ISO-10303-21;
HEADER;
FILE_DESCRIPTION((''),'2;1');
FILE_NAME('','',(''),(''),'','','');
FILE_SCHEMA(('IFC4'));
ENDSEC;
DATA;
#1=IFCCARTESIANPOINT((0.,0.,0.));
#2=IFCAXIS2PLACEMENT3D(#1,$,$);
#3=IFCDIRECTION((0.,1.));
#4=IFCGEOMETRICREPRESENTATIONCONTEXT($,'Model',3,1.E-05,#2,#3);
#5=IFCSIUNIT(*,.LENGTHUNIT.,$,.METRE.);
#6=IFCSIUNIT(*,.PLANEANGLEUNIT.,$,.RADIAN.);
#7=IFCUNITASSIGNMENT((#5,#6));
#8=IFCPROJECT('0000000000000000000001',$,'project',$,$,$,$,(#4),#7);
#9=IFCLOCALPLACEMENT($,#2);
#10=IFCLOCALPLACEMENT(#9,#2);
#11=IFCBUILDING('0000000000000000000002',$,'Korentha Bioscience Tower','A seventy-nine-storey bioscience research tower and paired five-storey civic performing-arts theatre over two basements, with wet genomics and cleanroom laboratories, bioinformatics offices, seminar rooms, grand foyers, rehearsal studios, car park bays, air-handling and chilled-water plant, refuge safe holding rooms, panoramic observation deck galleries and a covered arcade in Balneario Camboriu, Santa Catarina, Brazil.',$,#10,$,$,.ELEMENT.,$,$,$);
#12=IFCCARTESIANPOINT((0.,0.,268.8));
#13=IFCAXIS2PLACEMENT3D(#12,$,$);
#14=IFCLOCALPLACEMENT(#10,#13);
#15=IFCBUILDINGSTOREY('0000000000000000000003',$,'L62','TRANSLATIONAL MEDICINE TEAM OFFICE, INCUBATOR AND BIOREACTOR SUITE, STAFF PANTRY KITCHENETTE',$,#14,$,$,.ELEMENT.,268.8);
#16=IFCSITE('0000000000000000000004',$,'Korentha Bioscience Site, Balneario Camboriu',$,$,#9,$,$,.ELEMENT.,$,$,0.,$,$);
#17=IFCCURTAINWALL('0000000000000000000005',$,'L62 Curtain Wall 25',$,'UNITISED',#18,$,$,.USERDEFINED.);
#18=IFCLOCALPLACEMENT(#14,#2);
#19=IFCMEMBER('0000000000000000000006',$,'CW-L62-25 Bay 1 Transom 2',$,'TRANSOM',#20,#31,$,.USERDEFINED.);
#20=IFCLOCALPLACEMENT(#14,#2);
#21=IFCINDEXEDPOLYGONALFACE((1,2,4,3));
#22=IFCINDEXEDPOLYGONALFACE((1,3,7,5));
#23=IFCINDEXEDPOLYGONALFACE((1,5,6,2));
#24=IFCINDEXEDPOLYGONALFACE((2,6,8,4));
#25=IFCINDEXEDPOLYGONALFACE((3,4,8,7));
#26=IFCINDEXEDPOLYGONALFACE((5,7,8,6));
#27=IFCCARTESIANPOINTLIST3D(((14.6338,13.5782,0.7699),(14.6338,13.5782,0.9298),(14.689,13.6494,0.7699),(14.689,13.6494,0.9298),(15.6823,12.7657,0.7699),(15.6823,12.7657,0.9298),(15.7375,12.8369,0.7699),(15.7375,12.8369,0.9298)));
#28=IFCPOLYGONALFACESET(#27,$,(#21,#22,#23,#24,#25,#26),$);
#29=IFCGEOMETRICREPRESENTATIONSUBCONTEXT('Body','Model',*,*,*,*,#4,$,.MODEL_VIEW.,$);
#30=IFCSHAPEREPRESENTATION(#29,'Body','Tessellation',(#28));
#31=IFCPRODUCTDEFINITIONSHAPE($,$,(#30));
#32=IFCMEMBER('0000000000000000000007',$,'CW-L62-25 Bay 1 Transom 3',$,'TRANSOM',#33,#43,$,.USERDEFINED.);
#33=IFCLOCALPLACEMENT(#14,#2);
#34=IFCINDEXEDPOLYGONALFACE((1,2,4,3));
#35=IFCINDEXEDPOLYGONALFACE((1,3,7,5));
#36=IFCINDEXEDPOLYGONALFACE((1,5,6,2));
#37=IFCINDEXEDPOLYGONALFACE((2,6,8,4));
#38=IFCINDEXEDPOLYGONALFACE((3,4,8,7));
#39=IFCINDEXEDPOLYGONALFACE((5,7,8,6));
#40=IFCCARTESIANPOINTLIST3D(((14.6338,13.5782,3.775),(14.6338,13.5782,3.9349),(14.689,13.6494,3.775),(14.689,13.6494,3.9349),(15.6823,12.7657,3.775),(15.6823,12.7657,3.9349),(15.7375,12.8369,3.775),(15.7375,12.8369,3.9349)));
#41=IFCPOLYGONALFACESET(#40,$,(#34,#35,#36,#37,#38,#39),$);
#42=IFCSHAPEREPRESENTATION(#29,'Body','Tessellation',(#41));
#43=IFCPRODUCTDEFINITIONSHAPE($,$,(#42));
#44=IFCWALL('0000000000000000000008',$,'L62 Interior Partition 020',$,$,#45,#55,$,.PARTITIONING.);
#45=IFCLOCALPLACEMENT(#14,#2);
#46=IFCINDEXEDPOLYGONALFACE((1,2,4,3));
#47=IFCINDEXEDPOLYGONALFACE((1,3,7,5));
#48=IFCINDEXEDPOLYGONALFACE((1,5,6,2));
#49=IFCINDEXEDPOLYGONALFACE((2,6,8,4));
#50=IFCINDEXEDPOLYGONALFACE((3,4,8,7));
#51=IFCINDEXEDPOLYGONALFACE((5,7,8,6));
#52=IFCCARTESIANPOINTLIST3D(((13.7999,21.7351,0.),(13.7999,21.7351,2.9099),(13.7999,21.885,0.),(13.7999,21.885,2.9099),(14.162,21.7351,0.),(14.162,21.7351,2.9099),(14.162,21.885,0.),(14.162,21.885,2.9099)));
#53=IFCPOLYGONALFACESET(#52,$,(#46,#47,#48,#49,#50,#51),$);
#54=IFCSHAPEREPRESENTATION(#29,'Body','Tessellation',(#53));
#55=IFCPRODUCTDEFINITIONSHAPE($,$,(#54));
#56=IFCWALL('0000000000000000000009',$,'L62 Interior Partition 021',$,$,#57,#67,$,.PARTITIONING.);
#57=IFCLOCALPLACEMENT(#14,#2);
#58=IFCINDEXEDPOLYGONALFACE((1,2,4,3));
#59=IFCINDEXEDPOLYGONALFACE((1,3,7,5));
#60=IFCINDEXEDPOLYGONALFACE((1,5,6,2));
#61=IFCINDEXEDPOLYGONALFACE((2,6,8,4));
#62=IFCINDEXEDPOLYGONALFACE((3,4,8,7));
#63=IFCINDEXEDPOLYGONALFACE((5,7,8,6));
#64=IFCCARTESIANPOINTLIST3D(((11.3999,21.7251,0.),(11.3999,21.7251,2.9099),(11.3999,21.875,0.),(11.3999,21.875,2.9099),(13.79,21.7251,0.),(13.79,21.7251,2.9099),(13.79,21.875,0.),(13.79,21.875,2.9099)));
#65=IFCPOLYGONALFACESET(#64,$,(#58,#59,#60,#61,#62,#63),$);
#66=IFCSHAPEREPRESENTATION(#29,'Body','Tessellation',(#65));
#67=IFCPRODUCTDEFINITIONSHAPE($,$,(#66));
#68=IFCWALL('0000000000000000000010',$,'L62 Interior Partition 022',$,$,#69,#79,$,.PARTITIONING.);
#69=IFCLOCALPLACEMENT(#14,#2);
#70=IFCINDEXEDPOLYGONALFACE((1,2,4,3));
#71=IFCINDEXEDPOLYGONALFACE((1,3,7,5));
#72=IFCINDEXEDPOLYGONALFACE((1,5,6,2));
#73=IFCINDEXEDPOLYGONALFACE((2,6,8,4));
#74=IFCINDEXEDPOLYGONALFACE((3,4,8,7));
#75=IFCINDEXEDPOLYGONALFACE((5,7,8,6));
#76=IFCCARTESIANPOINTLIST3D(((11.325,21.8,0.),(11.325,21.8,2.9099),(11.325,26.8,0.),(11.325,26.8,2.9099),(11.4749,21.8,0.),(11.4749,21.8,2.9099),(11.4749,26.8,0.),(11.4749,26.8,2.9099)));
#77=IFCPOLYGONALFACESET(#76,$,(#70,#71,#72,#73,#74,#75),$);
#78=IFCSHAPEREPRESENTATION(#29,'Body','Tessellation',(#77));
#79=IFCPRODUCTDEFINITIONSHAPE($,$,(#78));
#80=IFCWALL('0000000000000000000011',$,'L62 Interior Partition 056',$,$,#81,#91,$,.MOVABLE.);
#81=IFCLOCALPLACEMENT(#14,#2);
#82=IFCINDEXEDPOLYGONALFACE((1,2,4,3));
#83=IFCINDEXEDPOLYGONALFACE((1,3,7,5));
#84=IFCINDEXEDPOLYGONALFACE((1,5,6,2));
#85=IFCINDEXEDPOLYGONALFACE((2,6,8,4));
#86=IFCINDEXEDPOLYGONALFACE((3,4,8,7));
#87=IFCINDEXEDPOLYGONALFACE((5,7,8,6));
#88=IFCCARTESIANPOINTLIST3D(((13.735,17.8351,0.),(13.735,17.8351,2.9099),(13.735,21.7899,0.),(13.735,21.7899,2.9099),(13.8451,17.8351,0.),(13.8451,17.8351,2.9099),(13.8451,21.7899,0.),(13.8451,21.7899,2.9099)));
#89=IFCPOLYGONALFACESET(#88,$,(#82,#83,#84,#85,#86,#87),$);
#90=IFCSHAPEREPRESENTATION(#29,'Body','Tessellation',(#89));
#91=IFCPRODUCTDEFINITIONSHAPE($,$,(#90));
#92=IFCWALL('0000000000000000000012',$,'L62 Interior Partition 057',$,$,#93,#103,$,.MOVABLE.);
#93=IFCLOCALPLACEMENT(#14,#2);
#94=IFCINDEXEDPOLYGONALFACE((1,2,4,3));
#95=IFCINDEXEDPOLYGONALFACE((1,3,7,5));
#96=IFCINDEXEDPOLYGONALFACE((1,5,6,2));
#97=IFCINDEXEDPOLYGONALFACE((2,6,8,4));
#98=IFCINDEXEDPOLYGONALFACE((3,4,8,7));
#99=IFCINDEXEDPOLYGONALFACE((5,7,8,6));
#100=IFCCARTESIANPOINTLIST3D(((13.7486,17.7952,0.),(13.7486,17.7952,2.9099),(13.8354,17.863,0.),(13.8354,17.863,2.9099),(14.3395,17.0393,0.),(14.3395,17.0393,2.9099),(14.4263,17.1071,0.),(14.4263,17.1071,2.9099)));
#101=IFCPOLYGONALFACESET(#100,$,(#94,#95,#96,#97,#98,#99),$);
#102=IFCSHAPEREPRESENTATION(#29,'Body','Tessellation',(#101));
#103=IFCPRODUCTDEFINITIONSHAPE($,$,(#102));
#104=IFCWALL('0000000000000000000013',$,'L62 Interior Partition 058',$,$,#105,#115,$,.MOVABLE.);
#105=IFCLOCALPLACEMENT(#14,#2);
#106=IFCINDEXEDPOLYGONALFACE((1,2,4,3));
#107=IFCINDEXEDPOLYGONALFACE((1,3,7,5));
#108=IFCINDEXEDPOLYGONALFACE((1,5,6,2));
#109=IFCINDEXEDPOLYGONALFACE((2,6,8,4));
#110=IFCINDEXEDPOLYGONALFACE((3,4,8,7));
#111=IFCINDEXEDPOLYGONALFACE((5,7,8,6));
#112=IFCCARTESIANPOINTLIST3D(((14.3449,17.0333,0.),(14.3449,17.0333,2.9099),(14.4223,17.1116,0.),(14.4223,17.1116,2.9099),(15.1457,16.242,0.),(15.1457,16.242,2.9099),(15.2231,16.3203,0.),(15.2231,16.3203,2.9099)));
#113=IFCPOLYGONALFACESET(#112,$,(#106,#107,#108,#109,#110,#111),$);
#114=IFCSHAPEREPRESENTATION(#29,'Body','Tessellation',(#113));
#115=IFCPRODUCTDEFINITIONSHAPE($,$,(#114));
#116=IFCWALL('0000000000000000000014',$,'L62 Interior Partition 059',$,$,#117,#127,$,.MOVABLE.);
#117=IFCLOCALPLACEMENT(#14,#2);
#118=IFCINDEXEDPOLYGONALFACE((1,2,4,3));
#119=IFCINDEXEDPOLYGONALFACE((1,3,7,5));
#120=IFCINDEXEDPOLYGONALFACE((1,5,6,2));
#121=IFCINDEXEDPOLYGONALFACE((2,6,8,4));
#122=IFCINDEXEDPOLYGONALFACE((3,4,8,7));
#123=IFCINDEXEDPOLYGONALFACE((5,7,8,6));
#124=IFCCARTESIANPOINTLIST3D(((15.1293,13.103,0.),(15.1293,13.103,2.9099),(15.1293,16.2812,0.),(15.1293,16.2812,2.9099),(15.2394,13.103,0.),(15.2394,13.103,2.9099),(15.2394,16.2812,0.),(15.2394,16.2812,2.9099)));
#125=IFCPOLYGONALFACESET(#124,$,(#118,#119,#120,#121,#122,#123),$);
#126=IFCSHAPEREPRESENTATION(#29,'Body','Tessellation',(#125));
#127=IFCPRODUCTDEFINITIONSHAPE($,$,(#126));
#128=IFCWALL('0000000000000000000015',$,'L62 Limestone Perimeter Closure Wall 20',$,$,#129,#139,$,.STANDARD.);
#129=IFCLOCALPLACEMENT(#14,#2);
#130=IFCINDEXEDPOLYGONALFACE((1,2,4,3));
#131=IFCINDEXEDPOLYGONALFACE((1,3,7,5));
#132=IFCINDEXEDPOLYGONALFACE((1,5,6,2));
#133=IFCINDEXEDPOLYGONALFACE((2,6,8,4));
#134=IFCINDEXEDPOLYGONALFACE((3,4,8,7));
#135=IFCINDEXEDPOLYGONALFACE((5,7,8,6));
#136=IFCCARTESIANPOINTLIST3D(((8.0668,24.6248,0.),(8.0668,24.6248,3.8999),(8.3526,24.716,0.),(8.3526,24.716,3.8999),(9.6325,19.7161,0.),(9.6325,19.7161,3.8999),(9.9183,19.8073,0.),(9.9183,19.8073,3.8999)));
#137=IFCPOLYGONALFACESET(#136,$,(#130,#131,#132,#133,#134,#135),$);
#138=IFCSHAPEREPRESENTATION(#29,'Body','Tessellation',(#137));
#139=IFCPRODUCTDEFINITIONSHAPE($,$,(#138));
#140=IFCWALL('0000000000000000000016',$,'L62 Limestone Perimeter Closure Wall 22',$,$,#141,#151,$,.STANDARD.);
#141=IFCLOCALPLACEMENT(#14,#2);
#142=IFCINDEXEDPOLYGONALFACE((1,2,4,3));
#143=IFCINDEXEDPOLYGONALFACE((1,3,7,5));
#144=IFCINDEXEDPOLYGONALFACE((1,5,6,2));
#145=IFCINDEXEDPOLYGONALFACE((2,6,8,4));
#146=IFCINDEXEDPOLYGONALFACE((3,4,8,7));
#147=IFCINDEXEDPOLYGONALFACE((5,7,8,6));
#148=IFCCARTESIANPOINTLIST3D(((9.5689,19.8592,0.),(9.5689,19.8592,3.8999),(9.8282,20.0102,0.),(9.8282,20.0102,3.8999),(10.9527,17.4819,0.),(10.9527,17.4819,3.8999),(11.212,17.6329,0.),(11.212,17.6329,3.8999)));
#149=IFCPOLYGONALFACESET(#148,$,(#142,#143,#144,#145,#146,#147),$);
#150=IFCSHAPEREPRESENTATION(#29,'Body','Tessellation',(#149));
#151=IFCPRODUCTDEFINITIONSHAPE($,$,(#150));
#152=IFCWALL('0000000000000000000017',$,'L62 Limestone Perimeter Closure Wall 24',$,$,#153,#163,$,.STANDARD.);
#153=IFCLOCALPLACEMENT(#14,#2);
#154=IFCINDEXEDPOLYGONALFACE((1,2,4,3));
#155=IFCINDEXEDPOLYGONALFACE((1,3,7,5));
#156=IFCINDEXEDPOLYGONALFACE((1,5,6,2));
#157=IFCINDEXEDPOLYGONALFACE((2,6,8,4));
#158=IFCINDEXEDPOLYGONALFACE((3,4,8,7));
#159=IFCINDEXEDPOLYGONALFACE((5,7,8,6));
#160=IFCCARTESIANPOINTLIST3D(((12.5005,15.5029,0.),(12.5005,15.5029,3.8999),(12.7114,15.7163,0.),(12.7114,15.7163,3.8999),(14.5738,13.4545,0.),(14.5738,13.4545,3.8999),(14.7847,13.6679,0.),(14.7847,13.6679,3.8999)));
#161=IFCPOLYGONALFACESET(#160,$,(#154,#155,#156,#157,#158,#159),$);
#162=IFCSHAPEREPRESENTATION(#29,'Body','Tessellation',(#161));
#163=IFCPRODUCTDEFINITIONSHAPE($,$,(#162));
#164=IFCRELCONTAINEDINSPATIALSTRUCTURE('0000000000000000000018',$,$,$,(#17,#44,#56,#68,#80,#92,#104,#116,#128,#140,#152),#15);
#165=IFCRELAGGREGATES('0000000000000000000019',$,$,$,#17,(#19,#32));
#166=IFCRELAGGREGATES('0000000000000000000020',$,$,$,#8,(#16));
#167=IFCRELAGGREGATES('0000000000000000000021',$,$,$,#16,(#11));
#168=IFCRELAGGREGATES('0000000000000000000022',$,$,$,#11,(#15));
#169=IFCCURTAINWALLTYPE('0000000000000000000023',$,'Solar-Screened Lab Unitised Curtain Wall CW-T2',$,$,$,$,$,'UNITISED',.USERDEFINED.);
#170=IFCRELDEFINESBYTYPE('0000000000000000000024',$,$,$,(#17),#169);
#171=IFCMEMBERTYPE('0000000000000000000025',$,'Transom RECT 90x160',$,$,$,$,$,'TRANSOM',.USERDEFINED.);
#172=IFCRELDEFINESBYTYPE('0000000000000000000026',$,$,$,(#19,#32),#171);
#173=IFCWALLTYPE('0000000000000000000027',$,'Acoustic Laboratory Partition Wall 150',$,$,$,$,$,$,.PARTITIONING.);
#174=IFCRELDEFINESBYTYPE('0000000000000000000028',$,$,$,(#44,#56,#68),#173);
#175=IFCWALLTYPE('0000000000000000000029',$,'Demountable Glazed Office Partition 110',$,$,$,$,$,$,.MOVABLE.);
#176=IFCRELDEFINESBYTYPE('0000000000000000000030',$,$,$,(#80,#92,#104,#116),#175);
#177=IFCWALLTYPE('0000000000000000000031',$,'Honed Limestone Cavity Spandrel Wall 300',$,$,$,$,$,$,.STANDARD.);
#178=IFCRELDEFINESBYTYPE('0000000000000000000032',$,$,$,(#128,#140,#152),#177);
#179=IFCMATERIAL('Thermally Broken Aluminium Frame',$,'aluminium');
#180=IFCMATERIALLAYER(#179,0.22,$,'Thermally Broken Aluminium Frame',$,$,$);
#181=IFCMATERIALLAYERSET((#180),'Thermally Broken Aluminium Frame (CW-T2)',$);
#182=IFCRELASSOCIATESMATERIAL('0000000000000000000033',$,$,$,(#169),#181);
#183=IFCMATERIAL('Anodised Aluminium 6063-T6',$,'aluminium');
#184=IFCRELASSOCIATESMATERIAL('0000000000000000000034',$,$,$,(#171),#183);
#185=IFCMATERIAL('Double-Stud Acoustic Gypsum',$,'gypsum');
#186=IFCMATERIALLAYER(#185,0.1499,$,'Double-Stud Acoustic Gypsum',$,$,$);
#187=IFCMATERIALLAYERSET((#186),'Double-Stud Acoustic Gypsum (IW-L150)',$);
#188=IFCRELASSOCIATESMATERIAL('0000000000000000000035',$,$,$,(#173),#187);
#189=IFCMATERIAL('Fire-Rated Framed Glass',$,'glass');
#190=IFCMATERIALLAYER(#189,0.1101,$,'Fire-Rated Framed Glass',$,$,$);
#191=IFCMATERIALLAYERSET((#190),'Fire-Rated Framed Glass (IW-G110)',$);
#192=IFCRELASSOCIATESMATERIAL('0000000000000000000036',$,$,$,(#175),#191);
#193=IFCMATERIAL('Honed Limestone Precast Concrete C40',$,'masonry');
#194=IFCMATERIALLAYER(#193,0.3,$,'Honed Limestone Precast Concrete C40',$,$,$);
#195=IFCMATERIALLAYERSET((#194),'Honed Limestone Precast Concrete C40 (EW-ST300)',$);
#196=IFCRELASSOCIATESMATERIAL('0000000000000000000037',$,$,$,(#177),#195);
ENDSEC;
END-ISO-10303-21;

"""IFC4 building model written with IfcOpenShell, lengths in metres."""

from ifc_helpers import new_model, si_unit, direction, frame, frame_2d, origin, origin_2d, place, context, subcontext, project, spatial, rectangle, extrude, material, layer, layer_set, material_profile, profile_set, type_object, element, aggregate, save


model = new_model("IFC4")

# Units and contexts
model_context = context("Model", 3, precision=1e-05, world=origin(), true_north=direction((0.0, 1.0)))
body_context = subcontext(model_context, "Body", "Model", "MODEL_VIEW")
ifc_project = project(units=[si_unit("LENGTHUNIT", "METRE"), si_unit("PLANEANGLEUNIT", "RADIAN")], contexts=[model_context])

# Site, building, storey
site_placement = place(None, origin())
site = spatial("IfcSite", under=ifc_project, at=site_placement, Name="Korentha Bioscience Site, Balneario Camboriu", CompositionType="ELEMENT", RefElevation=0.0)
building_placement = place(site_placement, origin())
building = spatial("IfcBuilding", under=site, at=building_placement, Name="Korentha Bioscience Tower", Description="A seventy-nine-storey bioscience research tower and paired five-storey civic performing-arts theatre over two basements, with wet genomics and cleanroom laboratories, bioinformatics offices, seminar rooms, grand foyers, rehearsal studios, car park bays, air-handling and chilled-water plant, refuge safe holding rooms, panoramic observation deck galleries and a covered arcade in Balneario Camboriu, Santa Catarina, Brazil.", CompositionType="ELEMENT")
storey_placement = place(building_placement, frame((0.0, 0.0, 268.8)))
storey = spatial("IfcBuildingStorey", under=building, at=storey_placement, Name="L62", Description="TRANSLATIONAL MEDICINE TEAM OFFICE, INCUBATOR AND BIOREACTOR SUITE, STAFF PANTRY KITCHENETTE", CompositionType="ELEMENT", Elevation=268.8)

# Curtain wall
ifc_material_1 = material(Name="Thermally Broken Aluminium Frame", Category="aluminium")
ifc_layer_1 = layer(ifc_material_1, 0.22, Name="Thermally Broken Aluminium Frame")
ifc_layer_set_1 = layer_set([ifc_layer_1], Name="Thermally Broken Aluminium Frame (CW-T2)")
curtain_wall_type = type_object("IfcCurtainWallType", Name="Solar-Screened Lab Unitised Curtain Wall CW-T2", ElementType="UNITISED", PredefinedType="USERDEFINED", material=ifc_layer_set_1)
ifc_material_2 = material(Name="Anodised Aluminium 6063-T6", Category="aluminium")
curtain_wall_1_placement = place(storey_placement, origin())
curtain_wall_1 = element("IfcCurtainWall", 1, at=curtain_wall_1_placement, inside=storey, type_object=curtain_wall_type, Name="L62 Curtain Wall 25", ObjectType="UNITISED", PredefinedType="USERDEFINED")

# Members
ifc_material_profile_1 = material_profile(ifc_material_2, rectangle(XDim=0.0901, YDim=0.1599, at=origin_2d()), Name="Anodised Aluminium 6063-T6")
ifc_profile_set_1 = profile_set([ifc_material_profile_1], Name="Anodised Aluminium 6063-T6 (CW-TRN)")
member_type_1 = type_object("IfcMemberType", Name="Transom RECT 90x160", ElementType="TRANSOM", PredefinedType="USERDEFINED", material=ifc_profile_set_1)
member_1_placement = place(storey_placement, frame((14.6614, 13.6138, 0.8499), z_axis=(0.790471, -0.6125, 0.0), x_axis=(0.6125, 0.790471, 0.0)))
member_1 = element("IfcMember", 2, at=member_1_placement, type_object=member_type_1, Name="CW-L62-25 Bay 1 Transom 2", ObjectType="TRANSOM", PredefinedType="USERDEFINED", context=body_context, shape_type="SweptSolid", body=[
    extrude(rectangle(XDim=0.0901, YDim=0.1599, at=origin_2d()), origin(), (0.0, 0.0, 1.0), 1.3264),
])
member_2_placement = place(storey_placement, frame((14.6614, 13.6138, 3.855), z_axis=(0.790471, -0.6125, 0.0), x_axis=(0.6125, 0.790471, 0.0)))
member_2 = element("IfcMember", 3, at=member_2_placement, type_object=member_type_1, Name="CW-L62-25 Bay 1 Transom 3", ObjectType="TRANSOM", PredefinedType="USERDEFINED", context=body_context, shape_type="SweptSolid", body=[
    extrude(rectangle(XDim=0.0901, YDim=0.1599, at=origin_2d()), origin(), (0.0, 0.0, 1.0), 1.3264),
])
aggregate(curtain_wall_1, [member_1, member_2])

# Walls
ifc_material_3 = material(Name="Double-Stud Acoustic Gypsum", Category="gypsum")
ifc_layer_2 = layer(ifc_material_3, 0.1499, Name="Double-Stud Acoustic Gypsum")
ifc_layer_set_2 = layer_set([ifc_layer_2], Name="Double-Stud Acoustic Gypsum (IW-L150)")
wall_type_1 = type_object("IfcWallType", Name="Acoustic Laboratory Partition Wall 150", PredefinedType="PARTITIONING", material=ifc_layer_set_2)
wall_1_placement = place(storey_placement, frame((14.1621, 21.8101, 0.0), z_axis=(0.0, 0.0, 1.0), x_axis=(-1.0, 0.0, 0.0)))
element("IfcWall", 4, at=wall_1_placement, inside=storey, type_object=wall_type_1, Name="L62 Interior Partition 020", PredefinedType="PARTITIONING", context=body_context, shape_type="SweptSolid", body=[
    extrude(rectangle(XDim=0.3621, YDim=0.1499, at=frame_2d((0.1812, 0.0))), origin(), (0.0, 0.0, 1.0), 2.9099),
])
wall_2_placement = place(storey_placement, frame((13.79, 21.8, 0.0), z_axis=(0.0, 0.0, 1.0), x_axis=(-1.0, 0.0, 0.0)))
element("IfcWall", 5, at=wall_2_placement, inside=storey, type_object=wall_type_1, Name="L62 Interior Partition 021", PredefinedType="PARTITIONING", context=body_context, shape_type="SweptSolid", body=[
    extrude(rectangle(XDim=2.3901, YDim=0.1499, at=frame_2d((1.1951, 0.0))), origin(), (0.0, 0.0, 1.0), 2.9099),
])
wall_3_placement = place(storey_placement, frame((11.3999, 21.8, 0.0), z_axis=(0.0, 0.0, 1.0), x_axis=(0.0, 1.0, 0.0)))
element("IfcWall", 6, at=wall_3_placement, inside=storey, type_object=wall_type_1, Name="L62 Interior Partition 022", PredefinedType="PARTITIONING", context=body_context, shape_type="SweptSolid", body=[
    extrude(rectangle(XDim=5.0, YDim=0.1499, at=frame_2d((2.5, 0.0))), origin(), (0.0, 0.0, 1.0), 2.9099),
])
ifc_material_4 = material(Name="Fire-Rated Framed Glass", Category="glass")
ifc_layer_3 = layer(ifc_material_4, 0.1101, Name="Fire-Rated Framed Glass")
ifc_layer_set_3 = layer_set([ifc_layer_3], Name="Fire-Rated Framed Glass (IW-G110)")
wall_type_2 = type_object("IfcWallType", Name="Demountable Glazed Office Partition 110", PredefinedType="MOVABLE", material=ifc_layer_set_3)
wall_4_placement = place(storey_placement, frame((13.79, 21.79, 0.0), z_axis=(0.0, 0.0, 1.0), x_axis=(0.0, -1.0, 0.0)))
element("IfcWall", 7, at=wall_4_placement, inside=storey, type_object=wall_type_2, Name="L62 Interior Partition 056", PredefinedType="MOVABLE", context=body_context, shape_type="SweptSolid", body=[
    extrude(rectangle(XDim=3.9548, YDim=0.1101, at=frame_2d((1.9775, 0.0))), origin(), (0.0, 0.0, 1.0), 2.9099),
])
wall_5_placement = place(storey_placement, frame((13.792, 17.8291, 0.0), z_axis=(0.0, 0.0, 1.0), x_axis=(0.615842, -0.78787, 0.0)))
element("IfcWall", 8, at=wall_5_placement, inside=storey, type_object=wall_type_2, Name="L62 Interior Partition 057", PredefinedType="MOVABLE", context=body_context, shape_type="SweptSolid", body=[
    extrude(rectangle(XDim=0.9595, YDim=0.1101, at=frame_2d((0.4797, 0.0))), origin(), (0.0, 0.0, 1.0), 2.9099),
])
wall_6_placement = place(storey_placement, frame((14.3835, 17.0725, 0.0), z_axis=(0.0, 0.0, 1.0), x_axis=(0.711323, -0.702865, 0.0)))
element("IfcWall", 9, at=wall_6_placement, inside=storey, type_object=wall_type_2, Name="L62 Interior Partition 058", PredefinedType="MOVABLE", context=body_context, shape_type="SweptSolid", body=[
    extrude(rectangle(XDim=1.1257, YDim=0.1101, at=frame_2d((0.563, 0.0))), origin(), (0.0, 0.0, 1.0), 2.9099),
])
wall_7_placement = place(storey_placement, frame((15.1843, 16.2812, 0.0), z_axis=(0.0, 0.0, 1.0), x_axis=(0.0, -1.0, 0.0)))
element("IfcWall", 10, at=wall_7_placement, inside=storey, type_object=wall_type_2, Name="L62 Interior Partition 059", PredefinedType="MOVABLE", context=body_context, shape_type="SweptSolid", body=[
    extrude(rectangle(XDim=3.1782, YDim=0.1101, at=frame_2d((1.5891, 0.0))), origin(), (0.0, 0.0, 1.0), 2.9099),
])

# Shared definitions
ifc_material_5 = material(Name="Honed Limestone Precast Concrete C40", Category="masonry")
ifc_layer_4 = layer(ifc_material_5, 0.3, Name="Honed Limestone Precast Concrete C40")
ifc_layer_set_4 = layer_set([ifc_layer_4], Name="Honed Limestone Precast Concrete C40 (EW-ST300)")
wall_type_3 = type_object("IfcWallType", Name="Honed Limestone Cavity Spandrel Wall 300", PredefinedType="STANDARD", material=ifc_layer_set_4)

# Walls
wall_8_placement = place(storey_placement, frame((8.2097, 24.6704, 0.0), z_axis=(0.0, 0.0, 1.0), x_axis=(0.303876, -0.952711, 0.0)))
element("IfcWall", 11, at=wall_8_placement, inside=storey, type_object=wall_type_3, Name="L62 Limestone Perimeter Closure Wall 20", PredefinedType="STANDARD", context=body_context, shape_type="SweptSolid", body=[
    extrude(rectangle(XDim=5.1523, YDim=0.3, at=frame_2d((2.5762, 0.0))), origin(), (0.0, 0.0, 1.0), 3.8999),
])
wall_9_placement = place(storey_placement, frame((9.6985, 19.9348, 0.0), z_axis=(0.0, 0.0, 1.0), x_axis=(0.503082, -0.864239, 0.0)))
element("IfcWall", 12, at=wall_9_placement, inside=storey, type_object=wall_type_3, Name="L62 Limestone Perimeter Closure Wall 22", PredefinedType="STANDARD", context=body_context, shape_type="SweptSolid", body=[
    extrude(rectangle(XDim=2.7507, YDim=0.3, at=frame_2d((1.3755, 0.0))), origin(), (0.0, 0.0, 1.0), 3.8999),
])
wall_10_placement = place(storey_placement, frame((12.606, 15.6096, 0.0), z_axis=(0.0, 0.0, 1.0), x_axis=(0.711366, -0.702822, 0.0)))
element("IfcWall", 13, at=wall_10_placement, inside=storey, type_object=wall_type_3, Name="L62 Limestone Perimeter Closure Wall 24", PredefinedType="STANDARD", context=body_context, shape_type="SweptSolid", body=[
    extrude(rectangle(XDim=2.9146, YDim=0.3, at=frame_2d((1.4573, 0.0))), origin(), (0.0, 0.0, 1.0), 3.8999),
])

save(model, "model.ifc")
